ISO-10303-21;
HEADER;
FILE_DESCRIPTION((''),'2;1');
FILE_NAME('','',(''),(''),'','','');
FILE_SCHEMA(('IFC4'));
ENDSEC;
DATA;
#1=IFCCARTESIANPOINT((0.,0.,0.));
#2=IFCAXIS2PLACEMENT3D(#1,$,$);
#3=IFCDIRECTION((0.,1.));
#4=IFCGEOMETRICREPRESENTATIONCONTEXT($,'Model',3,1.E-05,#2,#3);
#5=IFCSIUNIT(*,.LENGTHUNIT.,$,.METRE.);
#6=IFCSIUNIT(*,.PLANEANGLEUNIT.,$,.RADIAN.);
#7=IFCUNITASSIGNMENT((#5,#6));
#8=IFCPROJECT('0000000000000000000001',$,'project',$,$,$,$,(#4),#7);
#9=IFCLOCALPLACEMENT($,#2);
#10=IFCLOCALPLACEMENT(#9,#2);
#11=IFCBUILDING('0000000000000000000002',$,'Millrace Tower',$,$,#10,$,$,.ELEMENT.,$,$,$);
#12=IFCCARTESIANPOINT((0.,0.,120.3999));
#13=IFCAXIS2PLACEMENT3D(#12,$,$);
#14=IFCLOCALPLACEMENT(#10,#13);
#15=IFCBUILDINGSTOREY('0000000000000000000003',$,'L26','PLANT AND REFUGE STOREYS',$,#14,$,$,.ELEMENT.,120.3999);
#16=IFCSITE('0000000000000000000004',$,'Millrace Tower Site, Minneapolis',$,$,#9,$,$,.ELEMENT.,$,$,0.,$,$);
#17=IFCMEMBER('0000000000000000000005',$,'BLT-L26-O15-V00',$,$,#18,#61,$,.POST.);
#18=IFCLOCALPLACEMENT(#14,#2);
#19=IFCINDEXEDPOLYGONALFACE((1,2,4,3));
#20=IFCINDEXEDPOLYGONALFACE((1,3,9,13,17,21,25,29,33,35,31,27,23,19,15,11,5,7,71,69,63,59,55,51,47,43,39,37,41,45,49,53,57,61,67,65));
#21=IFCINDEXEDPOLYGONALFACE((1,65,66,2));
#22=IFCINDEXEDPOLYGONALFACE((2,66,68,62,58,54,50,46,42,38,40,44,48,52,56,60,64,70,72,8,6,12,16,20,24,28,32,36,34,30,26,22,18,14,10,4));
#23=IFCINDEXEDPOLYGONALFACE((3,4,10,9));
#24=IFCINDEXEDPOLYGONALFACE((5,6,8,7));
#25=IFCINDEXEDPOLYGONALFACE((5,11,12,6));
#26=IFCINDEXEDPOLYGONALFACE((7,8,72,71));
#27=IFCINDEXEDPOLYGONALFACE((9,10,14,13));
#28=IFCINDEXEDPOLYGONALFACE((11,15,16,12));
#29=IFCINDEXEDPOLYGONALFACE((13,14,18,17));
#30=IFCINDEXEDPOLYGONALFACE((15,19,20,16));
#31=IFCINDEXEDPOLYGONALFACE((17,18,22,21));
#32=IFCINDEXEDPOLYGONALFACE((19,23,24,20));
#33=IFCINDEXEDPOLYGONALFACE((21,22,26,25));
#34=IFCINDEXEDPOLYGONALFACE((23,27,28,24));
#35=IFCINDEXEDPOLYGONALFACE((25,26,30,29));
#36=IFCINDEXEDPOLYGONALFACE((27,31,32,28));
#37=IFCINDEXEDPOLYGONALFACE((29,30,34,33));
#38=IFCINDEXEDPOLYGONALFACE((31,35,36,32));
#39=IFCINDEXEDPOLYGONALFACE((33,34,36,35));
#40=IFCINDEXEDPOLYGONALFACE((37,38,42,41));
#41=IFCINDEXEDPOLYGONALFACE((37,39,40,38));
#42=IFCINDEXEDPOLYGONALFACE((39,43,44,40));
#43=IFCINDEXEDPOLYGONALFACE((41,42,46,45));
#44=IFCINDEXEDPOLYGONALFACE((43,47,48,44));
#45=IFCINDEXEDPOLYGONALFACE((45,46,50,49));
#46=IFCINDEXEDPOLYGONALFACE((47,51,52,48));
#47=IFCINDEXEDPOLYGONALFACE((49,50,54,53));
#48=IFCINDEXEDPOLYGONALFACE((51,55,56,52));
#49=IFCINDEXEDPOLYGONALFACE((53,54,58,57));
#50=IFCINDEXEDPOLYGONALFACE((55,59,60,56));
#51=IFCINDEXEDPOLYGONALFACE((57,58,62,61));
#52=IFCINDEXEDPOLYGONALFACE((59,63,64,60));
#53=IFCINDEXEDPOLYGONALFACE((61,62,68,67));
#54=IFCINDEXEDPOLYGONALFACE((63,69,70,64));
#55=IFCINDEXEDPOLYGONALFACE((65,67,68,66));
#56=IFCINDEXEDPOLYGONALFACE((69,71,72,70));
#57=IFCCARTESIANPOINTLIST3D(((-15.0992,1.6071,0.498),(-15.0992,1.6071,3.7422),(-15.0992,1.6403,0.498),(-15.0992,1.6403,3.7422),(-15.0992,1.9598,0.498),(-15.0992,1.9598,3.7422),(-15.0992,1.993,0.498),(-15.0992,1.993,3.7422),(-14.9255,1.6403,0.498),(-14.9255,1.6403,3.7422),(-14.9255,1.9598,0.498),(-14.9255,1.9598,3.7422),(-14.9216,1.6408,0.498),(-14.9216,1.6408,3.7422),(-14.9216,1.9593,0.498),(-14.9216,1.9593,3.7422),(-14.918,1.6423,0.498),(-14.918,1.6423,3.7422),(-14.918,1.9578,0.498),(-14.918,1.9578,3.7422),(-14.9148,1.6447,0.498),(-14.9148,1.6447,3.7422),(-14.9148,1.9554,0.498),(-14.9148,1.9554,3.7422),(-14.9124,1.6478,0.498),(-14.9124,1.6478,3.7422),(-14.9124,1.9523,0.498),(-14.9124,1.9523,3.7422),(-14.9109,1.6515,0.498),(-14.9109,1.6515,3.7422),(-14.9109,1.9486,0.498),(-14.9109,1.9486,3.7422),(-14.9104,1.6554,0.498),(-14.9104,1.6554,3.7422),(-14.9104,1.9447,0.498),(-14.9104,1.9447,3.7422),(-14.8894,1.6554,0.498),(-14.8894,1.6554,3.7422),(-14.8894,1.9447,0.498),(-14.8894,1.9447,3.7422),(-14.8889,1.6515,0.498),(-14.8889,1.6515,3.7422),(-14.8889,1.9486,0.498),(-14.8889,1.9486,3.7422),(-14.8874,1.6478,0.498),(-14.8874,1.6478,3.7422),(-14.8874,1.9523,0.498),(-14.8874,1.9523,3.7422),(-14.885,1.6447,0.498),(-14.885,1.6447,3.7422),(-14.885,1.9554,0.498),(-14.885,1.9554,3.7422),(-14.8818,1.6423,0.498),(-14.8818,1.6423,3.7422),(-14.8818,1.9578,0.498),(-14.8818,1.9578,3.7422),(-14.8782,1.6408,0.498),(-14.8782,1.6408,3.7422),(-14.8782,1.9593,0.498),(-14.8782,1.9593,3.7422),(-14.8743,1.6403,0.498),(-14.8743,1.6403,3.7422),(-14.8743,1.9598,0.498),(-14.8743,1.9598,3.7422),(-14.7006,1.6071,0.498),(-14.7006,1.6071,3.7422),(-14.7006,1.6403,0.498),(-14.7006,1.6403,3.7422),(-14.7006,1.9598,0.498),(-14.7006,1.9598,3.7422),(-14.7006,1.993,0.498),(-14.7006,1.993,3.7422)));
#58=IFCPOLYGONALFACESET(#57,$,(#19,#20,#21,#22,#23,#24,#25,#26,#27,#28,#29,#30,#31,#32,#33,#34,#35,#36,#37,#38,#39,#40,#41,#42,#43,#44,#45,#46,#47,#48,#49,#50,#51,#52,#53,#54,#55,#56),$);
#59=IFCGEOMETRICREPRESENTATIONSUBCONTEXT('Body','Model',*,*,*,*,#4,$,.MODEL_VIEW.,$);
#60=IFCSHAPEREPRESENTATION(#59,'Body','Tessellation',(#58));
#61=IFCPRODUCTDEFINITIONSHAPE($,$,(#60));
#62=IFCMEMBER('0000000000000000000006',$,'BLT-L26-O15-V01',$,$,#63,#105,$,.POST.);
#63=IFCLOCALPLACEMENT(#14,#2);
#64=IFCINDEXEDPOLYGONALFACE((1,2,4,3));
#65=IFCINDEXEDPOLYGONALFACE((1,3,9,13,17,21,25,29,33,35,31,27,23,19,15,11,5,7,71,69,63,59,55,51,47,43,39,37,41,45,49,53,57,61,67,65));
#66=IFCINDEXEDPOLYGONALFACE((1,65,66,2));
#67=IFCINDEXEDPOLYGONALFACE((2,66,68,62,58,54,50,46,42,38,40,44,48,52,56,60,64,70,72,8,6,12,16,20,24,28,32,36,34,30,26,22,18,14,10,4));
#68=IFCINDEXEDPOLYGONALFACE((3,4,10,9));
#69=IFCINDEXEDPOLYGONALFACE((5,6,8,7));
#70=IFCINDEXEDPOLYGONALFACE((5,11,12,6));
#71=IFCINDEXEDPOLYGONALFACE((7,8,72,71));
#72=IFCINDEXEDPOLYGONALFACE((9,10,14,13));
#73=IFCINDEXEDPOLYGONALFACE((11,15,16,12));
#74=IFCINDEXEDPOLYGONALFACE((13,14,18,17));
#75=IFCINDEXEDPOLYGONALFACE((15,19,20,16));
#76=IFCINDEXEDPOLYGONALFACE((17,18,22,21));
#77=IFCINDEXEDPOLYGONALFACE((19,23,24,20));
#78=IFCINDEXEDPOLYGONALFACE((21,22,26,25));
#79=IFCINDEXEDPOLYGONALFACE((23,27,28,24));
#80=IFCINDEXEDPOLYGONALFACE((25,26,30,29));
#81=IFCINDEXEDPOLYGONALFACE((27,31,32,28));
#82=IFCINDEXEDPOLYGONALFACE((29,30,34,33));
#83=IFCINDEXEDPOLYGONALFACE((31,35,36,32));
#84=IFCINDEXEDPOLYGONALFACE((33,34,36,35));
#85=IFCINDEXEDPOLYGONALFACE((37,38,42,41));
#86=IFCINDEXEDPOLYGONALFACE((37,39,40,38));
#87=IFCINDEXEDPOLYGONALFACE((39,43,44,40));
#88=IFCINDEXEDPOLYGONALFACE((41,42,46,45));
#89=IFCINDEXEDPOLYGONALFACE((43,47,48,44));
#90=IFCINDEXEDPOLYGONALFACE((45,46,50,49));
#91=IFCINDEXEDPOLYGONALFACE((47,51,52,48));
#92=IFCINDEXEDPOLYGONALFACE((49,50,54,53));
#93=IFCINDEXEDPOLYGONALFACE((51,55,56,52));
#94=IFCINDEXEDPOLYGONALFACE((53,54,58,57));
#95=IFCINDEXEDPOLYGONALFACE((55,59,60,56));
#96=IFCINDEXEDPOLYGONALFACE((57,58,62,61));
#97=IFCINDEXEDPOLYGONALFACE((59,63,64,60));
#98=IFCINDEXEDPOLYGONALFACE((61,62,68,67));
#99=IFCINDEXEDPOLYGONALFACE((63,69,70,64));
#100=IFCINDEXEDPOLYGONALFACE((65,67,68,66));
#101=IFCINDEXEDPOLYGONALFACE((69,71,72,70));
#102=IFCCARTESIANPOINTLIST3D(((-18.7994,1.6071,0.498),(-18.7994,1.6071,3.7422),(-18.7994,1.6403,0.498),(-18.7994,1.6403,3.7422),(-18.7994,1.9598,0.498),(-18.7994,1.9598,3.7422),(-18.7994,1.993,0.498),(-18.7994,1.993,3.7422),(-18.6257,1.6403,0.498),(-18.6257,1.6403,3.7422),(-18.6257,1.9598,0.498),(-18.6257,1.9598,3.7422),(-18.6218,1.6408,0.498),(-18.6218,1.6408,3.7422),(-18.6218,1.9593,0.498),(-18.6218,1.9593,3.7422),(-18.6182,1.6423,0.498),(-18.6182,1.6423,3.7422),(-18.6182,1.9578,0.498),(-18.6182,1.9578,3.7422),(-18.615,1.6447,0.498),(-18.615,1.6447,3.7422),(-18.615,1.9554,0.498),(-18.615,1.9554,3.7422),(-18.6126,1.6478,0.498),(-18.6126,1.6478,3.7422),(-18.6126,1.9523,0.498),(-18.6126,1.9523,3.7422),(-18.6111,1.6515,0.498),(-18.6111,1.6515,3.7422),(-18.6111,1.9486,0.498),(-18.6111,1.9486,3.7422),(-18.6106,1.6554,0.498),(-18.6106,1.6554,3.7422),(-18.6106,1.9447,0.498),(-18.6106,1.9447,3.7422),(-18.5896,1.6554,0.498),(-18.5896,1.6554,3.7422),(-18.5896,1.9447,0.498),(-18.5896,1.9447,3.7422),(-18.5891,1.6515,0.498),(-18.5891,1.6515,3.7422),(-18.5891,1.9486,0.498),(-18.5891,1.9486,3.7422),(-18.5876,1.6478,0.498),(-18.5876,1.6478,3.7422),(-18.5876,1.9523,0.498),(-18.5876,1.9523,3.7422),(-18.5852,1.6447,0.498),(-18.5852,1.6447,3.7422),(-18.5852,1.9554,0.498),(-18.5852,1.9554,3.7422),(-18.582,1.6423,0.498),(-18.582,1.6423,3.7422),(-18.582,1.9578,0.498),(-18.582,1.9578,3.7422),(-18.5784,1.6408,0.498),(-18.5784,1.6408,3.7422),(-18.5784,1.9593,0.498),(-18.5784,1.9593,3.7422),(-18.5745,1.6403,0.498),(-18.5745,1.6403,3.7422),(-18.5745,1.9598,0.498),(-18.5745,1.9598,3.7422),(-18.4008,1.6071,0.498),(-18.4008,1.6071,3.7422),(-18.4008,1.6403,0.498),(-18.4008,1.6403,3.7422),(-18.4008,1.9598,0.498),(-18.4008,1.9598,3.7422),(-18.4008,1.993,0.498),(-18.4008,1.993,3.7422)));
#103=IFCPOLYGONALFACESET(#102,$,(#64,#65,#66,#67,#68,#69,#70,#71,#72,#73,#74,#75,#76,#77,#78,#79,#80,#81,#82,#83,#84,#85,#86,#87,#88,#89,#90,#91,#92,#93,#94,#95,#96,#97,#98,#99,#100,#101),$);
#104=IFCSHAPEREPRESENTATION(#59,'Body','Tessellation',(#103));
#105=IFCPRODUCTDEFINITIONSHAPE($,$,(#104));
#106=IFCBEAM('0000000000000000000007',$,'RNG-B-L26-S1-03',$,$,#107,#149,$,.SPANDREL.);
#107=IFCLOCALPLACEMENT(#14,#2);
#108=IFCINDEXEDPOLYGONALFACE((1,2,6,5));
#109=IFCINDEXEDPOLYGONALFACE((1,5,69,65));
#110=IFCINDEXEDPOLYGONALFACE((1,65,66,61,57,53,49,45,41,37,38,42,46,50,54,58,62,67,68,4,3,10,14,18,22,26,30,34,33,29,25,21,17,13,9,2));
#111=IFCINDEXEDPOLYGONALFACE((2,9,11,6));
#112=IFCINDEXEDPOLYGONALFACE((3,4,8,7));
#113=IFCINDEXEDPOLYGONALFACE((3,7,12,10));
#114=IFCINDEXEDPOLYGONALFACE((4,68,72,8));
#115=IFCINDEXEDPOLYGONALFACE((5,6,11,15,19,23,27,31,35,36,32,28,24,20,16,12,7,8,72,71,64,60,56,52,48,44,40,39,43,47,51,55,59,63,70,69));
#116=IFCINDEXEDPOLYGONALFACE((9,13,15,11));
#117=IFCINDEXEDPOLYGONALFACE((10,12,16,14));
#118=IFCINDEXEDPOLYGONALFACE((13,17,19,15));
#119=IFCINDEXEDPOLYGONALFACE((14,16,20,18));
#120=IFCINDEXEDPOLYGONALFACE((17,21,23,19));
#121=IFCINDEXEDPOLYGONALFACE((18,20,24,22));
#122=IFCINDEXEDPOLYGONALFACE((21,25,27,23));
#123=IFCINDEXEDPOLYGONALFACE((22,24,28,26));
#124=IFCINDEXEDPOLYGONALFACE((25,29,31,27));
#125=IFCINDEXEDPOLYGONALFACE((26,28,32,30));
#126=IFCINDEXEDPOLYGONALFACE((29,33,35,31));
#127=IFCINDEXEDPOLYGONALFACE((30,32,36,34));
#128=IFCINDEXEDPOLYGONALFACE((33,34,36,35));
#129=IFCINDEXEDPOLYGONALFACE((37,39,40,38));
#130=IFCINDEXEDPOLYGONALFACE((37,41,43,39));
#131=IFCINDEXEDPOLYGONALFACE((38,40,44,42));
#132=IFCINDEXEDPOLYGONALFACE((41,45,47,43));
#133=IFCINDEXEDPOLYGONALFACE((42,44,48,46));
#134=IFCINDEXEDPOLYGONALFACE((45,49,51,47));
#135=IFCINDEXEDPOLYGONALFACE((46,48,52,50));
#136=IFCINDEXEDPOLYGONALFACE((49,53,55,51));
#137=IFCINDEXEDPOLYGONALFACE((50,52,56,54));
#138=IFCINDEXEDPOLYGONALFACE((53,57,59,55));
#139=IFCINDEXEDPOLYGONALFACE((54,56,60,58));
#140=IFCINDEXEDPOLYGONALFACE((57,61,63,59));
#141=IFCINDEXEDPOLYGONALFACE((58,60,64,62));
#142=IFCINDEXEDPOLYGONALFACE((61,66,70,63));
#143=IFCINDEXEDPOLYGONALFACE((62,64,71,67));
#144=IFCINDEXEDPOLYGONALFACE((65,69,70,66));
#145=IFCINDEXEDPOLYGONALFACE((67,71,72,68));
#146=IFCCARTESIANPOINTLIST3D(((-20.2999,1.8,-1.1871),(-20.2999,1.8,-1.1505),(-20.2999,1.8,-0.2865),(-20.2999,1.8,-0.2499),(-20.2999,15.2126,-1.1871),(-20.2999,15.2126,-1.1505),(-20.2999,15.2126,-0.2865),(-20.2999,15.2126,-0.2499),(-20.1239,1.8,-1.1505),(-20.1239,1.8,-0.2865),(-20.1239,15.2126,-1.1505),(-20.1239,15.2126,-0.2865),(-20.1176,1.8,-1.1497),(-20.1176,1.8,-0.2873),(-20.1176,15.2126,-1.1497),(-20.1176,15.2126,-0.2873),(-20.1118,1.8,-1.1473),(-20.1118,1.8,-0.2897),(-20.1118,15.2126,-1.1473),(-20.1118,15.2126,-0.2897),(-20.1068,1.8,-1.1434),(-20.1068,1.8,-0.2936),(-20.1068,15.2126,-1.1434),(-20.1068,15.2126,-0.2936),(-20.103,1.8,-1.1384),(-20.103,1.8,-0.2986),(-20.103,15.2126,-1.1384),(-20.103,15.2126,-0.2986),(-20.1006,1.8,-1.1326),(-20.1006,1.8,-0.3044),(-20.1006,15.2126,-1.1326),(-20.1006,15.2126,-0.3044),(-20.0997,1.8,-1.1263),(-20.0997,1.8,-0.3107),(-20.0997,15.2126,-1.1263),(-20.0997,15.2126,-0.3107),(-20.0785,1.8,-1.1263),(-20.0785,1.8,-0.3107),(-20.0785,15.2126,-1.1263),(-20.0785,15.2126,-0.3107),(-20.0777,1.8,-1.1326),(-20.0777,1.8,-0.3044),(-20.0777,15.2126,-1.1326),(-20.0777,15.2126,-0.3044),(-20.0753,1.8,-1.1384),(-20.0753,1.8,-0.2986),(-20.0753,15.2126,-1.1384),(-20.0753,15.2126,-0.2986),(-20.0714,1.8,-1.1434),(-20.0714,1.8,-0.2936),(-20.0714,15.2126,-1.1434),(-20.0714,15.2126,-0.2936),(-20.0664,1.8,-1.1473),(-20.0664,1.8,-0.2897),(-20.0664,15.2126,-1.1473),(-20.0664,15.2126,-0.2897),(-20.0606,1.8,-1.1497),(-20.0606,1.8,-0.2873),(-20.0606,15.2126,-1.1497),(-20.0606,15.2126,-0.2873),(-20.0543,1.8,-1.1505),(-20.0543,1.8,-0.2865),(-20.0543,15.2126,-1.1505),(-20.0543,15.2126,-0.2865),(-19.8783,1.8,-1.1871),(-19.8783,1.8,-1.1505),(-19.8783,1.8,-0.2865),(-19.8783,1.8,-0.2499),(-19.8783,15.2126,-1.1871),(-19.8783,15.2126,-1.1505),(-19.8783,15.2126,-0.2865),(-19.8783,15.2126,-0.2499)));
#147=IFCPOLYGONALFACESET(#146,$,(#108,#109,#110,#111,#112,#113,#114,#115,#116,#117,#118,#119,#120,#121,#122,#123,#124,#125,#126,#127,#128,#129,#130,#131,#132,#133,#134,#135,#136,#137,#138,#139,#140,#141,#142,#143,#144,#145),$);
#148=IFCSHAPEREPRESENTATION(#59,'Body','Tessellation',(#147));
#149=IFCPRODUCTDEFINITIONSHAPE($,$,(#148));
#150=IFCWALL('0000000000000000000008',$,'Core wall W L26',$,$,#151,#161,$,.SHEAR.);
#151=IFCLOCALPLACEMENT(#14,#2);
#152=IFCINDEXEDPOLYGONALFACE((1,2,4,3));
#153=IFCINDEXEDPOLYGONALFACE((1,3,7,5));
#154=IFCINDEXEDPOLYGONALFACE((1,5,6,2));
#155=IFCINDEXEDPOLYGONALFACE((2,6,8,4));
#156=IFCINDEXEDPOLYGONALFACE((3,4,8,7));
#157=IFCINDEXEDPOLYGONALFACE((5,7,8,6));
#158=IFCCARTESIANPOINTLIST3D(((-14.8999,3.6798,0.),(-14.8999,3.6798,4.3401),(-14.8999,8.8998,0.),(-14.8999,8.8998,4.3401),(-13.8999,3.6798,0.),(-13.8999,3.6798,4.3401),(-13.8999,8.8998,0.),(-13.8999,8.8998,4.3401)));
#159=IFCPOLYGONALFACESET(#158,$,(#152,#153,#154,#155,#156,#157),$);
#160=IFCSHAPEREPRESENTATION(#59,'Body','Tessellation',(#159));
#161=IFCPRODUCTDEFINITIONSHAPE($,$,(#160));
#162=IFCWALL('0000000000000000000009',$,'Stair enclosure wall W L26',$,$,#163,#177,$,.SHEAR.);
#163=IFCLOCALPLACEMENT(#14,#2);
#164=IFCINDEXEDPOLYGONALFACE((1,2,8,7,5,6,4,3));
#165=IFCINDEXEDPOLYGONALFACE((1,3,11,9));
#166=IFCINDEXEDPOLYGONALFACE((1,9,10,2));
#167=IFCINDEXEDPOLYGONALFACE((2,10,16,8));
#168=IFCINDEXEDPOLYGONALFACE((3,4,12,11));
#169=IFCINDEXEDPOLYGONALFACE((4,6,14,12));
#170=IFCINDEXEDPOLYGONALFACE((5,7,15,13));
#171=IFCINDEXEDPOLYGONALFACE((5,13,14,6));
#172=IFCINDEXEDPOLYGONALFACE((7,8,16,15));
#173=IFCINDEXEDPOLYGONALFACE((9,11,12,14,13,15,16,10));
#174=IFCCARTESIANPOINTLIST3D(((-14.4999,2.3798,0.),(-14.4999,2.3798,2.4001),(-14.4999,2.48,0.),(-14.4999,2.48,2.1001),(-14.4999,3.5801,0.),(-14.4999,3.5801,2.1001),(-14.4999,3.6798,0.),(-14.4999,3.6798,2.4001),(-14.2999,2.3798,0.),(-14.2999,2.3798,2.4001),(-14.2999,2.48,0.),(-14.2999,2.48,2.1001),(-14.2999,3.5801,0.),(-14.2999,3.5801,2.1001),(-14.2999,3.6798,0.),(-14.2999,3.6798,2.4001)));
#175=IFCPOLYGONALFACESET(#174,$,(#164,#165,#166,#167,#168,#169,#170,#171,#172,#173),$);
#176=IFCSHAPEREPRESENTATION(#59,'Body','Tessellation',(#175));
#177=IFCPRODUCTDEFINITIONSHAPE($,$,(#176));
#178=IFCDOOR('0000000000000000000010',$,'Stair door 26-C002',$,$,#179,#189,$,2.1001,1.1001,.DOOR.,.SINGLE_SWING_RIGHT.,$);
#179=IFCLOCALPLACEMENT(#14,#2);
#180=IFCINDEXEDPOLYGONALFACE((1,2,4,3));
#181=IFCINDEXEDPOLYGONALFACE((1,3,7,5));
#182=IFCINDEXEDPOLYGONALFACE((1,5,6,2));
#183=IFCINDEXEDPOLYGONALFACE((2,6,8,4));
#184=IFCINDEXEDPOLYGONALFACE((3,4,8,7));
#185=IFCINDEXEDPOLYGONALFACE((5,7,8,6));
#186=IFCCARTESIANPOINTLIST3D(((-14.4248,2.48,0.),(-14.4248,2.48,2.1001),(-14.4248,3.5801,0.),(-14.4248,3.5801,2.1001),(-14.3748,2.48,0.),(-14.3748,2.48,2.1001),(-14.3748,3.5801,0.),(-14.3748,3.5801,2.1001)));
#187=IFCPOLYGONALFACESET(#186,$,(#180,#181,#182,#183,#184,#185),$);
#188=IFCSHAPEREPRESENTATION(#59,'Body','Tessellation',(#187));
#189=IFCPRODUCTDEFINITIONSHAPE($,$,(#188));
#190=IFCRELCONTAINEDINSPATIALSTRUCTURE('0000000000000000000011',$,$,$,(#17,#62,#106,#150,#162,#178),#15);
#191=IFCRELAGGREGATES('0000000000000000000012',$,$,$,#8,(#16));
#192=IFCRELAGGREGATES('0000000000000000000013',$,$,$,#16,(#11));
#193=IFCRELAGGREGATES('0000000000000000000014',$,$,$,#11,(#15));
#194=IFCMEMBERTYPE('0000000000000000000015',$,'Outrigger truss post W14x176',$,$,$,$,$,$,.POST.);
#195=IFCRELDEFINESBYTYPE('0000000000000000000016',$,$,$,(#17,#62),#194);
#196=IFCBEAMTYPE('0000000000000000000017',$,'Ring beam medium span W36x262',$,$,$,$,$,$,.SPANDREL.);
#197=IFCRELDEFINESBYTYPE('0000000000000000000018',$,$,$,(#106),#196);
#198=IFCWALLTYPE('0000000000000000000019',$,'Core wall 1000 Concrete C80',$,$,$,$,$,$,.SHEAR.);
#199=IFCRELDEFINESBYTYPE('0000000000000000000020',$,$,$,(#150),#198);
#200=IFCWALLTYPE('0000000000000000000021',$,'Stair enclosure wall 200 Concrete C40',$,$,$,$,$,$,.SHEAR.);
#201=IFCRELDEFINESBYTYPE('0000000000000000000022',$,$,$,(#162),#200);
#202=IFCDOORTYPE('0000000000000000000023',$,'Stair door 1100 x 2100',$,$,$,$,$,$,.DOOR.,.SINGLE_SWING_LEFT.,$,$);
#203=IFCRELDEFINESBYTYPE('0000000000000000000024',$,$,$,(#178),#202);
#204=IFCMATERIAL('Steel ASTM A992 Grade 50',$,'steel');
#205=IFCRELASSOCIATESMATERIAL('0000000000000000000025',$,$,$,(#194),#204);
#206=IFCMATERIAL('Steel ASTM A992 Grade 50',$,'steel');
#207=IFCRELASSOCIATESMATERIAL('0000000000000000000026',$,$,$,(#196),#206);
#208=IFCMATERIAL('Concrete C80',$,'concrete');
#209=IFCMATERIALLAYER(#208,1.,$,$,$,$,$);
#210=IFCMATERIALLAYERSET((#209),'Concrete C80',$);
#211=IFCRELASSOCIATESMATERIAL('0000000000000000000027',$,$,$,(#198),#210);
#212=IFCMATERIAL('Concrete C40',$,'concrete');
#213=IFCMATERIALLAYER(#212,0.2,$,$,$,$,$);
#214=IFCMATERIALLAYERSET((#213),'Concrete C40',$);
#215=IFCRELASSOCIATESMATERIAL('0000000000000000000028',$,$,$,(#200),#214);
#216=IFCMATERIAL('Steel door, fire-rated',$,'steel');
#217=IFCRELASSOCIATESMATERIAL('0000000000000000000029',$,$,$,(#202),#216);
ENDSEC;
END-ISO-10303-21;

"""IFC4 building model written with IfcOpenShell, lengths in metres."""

from ifc_helpers import new_model, si_unit, direction, frame, frame_2d, origin, origin_2d, place, context, subcontext, project, spatial, rectangle, i_section, extrude, material, layer, layer_set, material_profile, profile_set, type_object, element, fill, save


model = new_model("IFC4")

# Units and contexts
model_context = context("Model", 3, precision=1e-05, world=origin(), true_north=direction((0.0, 1.0)))
body_context = subcontext(model_context, "Body", "Model", "MODEL_VIEW")
ifc_project = project(units=[si_unit("LENGTHUNIT", "METRE"), si_unit("PLANEANGLEUNIT", "RADIAN")], contexts=[model_context])

# Site, building, storey
site_placement = place(None, origin())
site = spatial("IfcSite", under=ifc_project, at=site_placement, Name="Millrace Tower Site, Minneapolis", CompositionType="ELEMENT", RefElevation=0.0)
building_placement = place(site_placement, origin())
building = spatial("IfcBuilding", under=site, at=building_placement, Name="Millrace Tower", CompositionType="ELEMENT")
storey_placement = place(building_placement, frame((0.0, 0.0, 120.3999)))
storey = spatial("IfcBuildingStorey", under=building, at=storey_placement, Name="L26", Description="PLANT AND REFUGE STOREYS", CompositionType="ELEMENT", Elevation=120.3999)

# Members
ifc_material_1 = material(Name="Steel ASTM A992 Grade 50", Category="steel")
ifc_material_profile_1 = material_profile(ifc_material_1, i_section(OverallWidth=0.3987, OverallDepth=0.386, WebThickness=0.021, FlangeThickness=0.0332, FilletRadius=0.0151, at=origin_2d()))
ifc_profile_set_1 = profile_set([ifc_material_profile_1], Name="Steel ASTM A992 Grade 50")
member_type_1 = type_object("IfcMemberType", Name="Outrigger truss post W14x176", PredefinedType="POST", material=ifc_profile_set_1)
for number, where, z_axis, x_axis, name in (
    (1, (-14.8999, 1.8, 0.498), (0.0, 0.0, 1.0), (1.0, 0.0, 0.0), "BLT-L26-O15-V00"),
    (2, (-18.6001, 1.8, 0.498), (0.0, 0.0, 1.0), (1.0, 0.0, 0.0), "BLT-L26-O15-V01"),
):
    element("IfcMember", number, at=place(storey_placement, frame(where, z_axis=z_axis, x_axis=x_axis)), inside=storey, type_object=member_type_1, Name=name, PredefinedType="POST", context=body_context, shape_type="SweptSolid", body=[
        extrude(i_section(OverallWidth=0.3987, OverallDepth=0.386, WebThickness=0.021, FlangeThickness=0.0332, FilletRadius=0.0151, at=origin_2d()), origin(), (0.0, 0.0, 1.0), 3.2441),
    ])

# Beam
ifc_material_2 = material(Name="Steel ASTM A992 Grade 50", Category="steel")
ifc_material_profile_2 = material_profile(ifc_material_2, i_section(OverallWidth=0.4216, OverallDepth=0.9373, WebThickness=0.0212, FlangeThickness=0.0366, FilletRadius=0.0242, at=origin_2d()))
ifc_profile_set_2 = profile_set([ifc_material_profile_2], Name="Steel ASTM A992 Grade 50")
beam_type_1 = type_object("IfcBeamType", Name="Ring beam medium span W36x262", PredefinedType="SPANDREL", material=ifc_profile_set_2)
beam_1_placement = place(storey_placement, frame((-20.0891, 1.8, -0.7185), z_axis=(0.0, 1.0, 0.0), x_axis=(-1.0, 0.0, 0.0)))
element("IfcBeam", 3, at=beam_1_placement, inside=storey, type_object=beam_type_1, Name="RNG-B-L26-S1-03", PredefinedType="SPANDREL", context=body_context, shape_type="SweptSolid", body=[
    extrude(i_section(OverallWidth=0.4216, OverallDepth=0.9373, WebThickness=0.0212, FlangeThickness=0.0366, FilletRadius=0.0242, at=origin_2d()), origin(), (0.0, 0.0, 1.0), 13.4126),
])

# Wall
ifc_material_3 = material(Name="Concrete C80", Category="concrete")
ifc_layer_1 = layer(ifc_material_3, 1.0)
ifc_layer_set_1 = layer_set([ifc_layer_1], Name="Concrete C80")
wall_type_1 = type_object("IfcWallType", Name="Core wall 1000 Concrete C80", PredefinedType="SHEAR", material=ifc_layer_set_1)
wall_1_placement = place(storey_placement, frame((-14.3999, 3.6799, 0.0), z_axis=(0.0, 0.0, 1.0), x_axis=(0.0, 1.0, 0.0)))
element("IfcWall", 4, at=wall_1_placement, inside=storey, type_object=wall_type_1, Name="Core wall W L26", PredefinedType="SHEAR", context=body_context, shape_type="SweptSolid", body=[
    extrude(rectangle(XDim=5.22, YDim=1.0, at=frame_2d((2.6099, 0.0))), origin(), (0.0, 0.0, 1.0), 4.3401),
])

# Wall, opening, door
ifc_material_4 = material(Name="Concrete C40", Category="concrete")
ifc_layer_2 = layer(ifc_material_4, 0.2)
ifc_layer_set_2 = layer_set([ifc_layer_2], Name="Concrete C40")
wall_type_2 = type_object("IfcWallType", Name="Stair enclosure wall 200 Concrete C40", PredefinedType="SHEAR", material=ifc_layer_set_2)
wall_2_placement = place(storey_placement, frame((-14.3999, 2.3799, 0.0), z_axis=(0.0, 0.0, 1.0), x_axis=(0.0, 1.0, 0.0)))
wall_2 = element("IfcWall", 5, at=wall_2_placement, inside=storey, type_object=wall_type_2, Name="Stair enclosure wall W L26", PredefinedType="SHEAR", context=body_context, shape_type="SweptSolid", body=[
    extrude(rectangle(XDim=1.3, YDim=0.2, at=frame_2d((0.6499, 0.0))), origin(), (0.0, 0.0, 1.0), 2.4001),
])
opening_1_placement = place(wall_2_placement, frame((0.1001, 0.0, 0.0)))
opening_1 = element("IfcOpeningElement", 6, at=opening_1_placement, cuts=wall_2, PredefinedType="OPENING", context=body_context, shape_type="SweptSolid", body=[
    extrude(rectangle(XDim=1.1001, YDim=2.1001, at=frame_2d((0.55, 1.05))), frame((0.0, 0.1099, 0.0), z_axis=(0.0, -1.0, 0.0), x_axis=(1.0, 0.0, 0.0)), (0.0, 0.0, 1.0), 0.22),
])
ifc_material_5 = material(Name="Steel door, fire-rated", Category="steel")
door_type_1 = type_object("IfcDoorType", Name="Stair door 1100 x 2100", OperationType="SINGLE_SWING_LEFT", PredefinedType="DOOR", material=ifc_material_5)
door_1_placement = place(opening_1_placement, origin())
door_1 = element("IfcDoor", 7, at=door_1_placement, inside=storey, type_object=door_type_1, Name="Stair door 26-C002", OperationType="SINGLE_SWING_RIGHT", OverallHeight=2.1001, OverallWidth=1.1001, PredefinedType="DOOR", context=body_context, shape_type="SweptSolid", body=[
    extrude(rectangle(XDim=1.1001, YDim=2.1001, at=frame_2d((0.55, 1.05))), frame((0.0, 0.0249, 0.0), z_axis=(0.0, -1.0, 0.0), x_axis=(1.0, 0.0, 0.0)), (0.0, 0.0, 1.0), 0.05),
])
fill(opening_1, door_1)

save(model, "model.ifc")
